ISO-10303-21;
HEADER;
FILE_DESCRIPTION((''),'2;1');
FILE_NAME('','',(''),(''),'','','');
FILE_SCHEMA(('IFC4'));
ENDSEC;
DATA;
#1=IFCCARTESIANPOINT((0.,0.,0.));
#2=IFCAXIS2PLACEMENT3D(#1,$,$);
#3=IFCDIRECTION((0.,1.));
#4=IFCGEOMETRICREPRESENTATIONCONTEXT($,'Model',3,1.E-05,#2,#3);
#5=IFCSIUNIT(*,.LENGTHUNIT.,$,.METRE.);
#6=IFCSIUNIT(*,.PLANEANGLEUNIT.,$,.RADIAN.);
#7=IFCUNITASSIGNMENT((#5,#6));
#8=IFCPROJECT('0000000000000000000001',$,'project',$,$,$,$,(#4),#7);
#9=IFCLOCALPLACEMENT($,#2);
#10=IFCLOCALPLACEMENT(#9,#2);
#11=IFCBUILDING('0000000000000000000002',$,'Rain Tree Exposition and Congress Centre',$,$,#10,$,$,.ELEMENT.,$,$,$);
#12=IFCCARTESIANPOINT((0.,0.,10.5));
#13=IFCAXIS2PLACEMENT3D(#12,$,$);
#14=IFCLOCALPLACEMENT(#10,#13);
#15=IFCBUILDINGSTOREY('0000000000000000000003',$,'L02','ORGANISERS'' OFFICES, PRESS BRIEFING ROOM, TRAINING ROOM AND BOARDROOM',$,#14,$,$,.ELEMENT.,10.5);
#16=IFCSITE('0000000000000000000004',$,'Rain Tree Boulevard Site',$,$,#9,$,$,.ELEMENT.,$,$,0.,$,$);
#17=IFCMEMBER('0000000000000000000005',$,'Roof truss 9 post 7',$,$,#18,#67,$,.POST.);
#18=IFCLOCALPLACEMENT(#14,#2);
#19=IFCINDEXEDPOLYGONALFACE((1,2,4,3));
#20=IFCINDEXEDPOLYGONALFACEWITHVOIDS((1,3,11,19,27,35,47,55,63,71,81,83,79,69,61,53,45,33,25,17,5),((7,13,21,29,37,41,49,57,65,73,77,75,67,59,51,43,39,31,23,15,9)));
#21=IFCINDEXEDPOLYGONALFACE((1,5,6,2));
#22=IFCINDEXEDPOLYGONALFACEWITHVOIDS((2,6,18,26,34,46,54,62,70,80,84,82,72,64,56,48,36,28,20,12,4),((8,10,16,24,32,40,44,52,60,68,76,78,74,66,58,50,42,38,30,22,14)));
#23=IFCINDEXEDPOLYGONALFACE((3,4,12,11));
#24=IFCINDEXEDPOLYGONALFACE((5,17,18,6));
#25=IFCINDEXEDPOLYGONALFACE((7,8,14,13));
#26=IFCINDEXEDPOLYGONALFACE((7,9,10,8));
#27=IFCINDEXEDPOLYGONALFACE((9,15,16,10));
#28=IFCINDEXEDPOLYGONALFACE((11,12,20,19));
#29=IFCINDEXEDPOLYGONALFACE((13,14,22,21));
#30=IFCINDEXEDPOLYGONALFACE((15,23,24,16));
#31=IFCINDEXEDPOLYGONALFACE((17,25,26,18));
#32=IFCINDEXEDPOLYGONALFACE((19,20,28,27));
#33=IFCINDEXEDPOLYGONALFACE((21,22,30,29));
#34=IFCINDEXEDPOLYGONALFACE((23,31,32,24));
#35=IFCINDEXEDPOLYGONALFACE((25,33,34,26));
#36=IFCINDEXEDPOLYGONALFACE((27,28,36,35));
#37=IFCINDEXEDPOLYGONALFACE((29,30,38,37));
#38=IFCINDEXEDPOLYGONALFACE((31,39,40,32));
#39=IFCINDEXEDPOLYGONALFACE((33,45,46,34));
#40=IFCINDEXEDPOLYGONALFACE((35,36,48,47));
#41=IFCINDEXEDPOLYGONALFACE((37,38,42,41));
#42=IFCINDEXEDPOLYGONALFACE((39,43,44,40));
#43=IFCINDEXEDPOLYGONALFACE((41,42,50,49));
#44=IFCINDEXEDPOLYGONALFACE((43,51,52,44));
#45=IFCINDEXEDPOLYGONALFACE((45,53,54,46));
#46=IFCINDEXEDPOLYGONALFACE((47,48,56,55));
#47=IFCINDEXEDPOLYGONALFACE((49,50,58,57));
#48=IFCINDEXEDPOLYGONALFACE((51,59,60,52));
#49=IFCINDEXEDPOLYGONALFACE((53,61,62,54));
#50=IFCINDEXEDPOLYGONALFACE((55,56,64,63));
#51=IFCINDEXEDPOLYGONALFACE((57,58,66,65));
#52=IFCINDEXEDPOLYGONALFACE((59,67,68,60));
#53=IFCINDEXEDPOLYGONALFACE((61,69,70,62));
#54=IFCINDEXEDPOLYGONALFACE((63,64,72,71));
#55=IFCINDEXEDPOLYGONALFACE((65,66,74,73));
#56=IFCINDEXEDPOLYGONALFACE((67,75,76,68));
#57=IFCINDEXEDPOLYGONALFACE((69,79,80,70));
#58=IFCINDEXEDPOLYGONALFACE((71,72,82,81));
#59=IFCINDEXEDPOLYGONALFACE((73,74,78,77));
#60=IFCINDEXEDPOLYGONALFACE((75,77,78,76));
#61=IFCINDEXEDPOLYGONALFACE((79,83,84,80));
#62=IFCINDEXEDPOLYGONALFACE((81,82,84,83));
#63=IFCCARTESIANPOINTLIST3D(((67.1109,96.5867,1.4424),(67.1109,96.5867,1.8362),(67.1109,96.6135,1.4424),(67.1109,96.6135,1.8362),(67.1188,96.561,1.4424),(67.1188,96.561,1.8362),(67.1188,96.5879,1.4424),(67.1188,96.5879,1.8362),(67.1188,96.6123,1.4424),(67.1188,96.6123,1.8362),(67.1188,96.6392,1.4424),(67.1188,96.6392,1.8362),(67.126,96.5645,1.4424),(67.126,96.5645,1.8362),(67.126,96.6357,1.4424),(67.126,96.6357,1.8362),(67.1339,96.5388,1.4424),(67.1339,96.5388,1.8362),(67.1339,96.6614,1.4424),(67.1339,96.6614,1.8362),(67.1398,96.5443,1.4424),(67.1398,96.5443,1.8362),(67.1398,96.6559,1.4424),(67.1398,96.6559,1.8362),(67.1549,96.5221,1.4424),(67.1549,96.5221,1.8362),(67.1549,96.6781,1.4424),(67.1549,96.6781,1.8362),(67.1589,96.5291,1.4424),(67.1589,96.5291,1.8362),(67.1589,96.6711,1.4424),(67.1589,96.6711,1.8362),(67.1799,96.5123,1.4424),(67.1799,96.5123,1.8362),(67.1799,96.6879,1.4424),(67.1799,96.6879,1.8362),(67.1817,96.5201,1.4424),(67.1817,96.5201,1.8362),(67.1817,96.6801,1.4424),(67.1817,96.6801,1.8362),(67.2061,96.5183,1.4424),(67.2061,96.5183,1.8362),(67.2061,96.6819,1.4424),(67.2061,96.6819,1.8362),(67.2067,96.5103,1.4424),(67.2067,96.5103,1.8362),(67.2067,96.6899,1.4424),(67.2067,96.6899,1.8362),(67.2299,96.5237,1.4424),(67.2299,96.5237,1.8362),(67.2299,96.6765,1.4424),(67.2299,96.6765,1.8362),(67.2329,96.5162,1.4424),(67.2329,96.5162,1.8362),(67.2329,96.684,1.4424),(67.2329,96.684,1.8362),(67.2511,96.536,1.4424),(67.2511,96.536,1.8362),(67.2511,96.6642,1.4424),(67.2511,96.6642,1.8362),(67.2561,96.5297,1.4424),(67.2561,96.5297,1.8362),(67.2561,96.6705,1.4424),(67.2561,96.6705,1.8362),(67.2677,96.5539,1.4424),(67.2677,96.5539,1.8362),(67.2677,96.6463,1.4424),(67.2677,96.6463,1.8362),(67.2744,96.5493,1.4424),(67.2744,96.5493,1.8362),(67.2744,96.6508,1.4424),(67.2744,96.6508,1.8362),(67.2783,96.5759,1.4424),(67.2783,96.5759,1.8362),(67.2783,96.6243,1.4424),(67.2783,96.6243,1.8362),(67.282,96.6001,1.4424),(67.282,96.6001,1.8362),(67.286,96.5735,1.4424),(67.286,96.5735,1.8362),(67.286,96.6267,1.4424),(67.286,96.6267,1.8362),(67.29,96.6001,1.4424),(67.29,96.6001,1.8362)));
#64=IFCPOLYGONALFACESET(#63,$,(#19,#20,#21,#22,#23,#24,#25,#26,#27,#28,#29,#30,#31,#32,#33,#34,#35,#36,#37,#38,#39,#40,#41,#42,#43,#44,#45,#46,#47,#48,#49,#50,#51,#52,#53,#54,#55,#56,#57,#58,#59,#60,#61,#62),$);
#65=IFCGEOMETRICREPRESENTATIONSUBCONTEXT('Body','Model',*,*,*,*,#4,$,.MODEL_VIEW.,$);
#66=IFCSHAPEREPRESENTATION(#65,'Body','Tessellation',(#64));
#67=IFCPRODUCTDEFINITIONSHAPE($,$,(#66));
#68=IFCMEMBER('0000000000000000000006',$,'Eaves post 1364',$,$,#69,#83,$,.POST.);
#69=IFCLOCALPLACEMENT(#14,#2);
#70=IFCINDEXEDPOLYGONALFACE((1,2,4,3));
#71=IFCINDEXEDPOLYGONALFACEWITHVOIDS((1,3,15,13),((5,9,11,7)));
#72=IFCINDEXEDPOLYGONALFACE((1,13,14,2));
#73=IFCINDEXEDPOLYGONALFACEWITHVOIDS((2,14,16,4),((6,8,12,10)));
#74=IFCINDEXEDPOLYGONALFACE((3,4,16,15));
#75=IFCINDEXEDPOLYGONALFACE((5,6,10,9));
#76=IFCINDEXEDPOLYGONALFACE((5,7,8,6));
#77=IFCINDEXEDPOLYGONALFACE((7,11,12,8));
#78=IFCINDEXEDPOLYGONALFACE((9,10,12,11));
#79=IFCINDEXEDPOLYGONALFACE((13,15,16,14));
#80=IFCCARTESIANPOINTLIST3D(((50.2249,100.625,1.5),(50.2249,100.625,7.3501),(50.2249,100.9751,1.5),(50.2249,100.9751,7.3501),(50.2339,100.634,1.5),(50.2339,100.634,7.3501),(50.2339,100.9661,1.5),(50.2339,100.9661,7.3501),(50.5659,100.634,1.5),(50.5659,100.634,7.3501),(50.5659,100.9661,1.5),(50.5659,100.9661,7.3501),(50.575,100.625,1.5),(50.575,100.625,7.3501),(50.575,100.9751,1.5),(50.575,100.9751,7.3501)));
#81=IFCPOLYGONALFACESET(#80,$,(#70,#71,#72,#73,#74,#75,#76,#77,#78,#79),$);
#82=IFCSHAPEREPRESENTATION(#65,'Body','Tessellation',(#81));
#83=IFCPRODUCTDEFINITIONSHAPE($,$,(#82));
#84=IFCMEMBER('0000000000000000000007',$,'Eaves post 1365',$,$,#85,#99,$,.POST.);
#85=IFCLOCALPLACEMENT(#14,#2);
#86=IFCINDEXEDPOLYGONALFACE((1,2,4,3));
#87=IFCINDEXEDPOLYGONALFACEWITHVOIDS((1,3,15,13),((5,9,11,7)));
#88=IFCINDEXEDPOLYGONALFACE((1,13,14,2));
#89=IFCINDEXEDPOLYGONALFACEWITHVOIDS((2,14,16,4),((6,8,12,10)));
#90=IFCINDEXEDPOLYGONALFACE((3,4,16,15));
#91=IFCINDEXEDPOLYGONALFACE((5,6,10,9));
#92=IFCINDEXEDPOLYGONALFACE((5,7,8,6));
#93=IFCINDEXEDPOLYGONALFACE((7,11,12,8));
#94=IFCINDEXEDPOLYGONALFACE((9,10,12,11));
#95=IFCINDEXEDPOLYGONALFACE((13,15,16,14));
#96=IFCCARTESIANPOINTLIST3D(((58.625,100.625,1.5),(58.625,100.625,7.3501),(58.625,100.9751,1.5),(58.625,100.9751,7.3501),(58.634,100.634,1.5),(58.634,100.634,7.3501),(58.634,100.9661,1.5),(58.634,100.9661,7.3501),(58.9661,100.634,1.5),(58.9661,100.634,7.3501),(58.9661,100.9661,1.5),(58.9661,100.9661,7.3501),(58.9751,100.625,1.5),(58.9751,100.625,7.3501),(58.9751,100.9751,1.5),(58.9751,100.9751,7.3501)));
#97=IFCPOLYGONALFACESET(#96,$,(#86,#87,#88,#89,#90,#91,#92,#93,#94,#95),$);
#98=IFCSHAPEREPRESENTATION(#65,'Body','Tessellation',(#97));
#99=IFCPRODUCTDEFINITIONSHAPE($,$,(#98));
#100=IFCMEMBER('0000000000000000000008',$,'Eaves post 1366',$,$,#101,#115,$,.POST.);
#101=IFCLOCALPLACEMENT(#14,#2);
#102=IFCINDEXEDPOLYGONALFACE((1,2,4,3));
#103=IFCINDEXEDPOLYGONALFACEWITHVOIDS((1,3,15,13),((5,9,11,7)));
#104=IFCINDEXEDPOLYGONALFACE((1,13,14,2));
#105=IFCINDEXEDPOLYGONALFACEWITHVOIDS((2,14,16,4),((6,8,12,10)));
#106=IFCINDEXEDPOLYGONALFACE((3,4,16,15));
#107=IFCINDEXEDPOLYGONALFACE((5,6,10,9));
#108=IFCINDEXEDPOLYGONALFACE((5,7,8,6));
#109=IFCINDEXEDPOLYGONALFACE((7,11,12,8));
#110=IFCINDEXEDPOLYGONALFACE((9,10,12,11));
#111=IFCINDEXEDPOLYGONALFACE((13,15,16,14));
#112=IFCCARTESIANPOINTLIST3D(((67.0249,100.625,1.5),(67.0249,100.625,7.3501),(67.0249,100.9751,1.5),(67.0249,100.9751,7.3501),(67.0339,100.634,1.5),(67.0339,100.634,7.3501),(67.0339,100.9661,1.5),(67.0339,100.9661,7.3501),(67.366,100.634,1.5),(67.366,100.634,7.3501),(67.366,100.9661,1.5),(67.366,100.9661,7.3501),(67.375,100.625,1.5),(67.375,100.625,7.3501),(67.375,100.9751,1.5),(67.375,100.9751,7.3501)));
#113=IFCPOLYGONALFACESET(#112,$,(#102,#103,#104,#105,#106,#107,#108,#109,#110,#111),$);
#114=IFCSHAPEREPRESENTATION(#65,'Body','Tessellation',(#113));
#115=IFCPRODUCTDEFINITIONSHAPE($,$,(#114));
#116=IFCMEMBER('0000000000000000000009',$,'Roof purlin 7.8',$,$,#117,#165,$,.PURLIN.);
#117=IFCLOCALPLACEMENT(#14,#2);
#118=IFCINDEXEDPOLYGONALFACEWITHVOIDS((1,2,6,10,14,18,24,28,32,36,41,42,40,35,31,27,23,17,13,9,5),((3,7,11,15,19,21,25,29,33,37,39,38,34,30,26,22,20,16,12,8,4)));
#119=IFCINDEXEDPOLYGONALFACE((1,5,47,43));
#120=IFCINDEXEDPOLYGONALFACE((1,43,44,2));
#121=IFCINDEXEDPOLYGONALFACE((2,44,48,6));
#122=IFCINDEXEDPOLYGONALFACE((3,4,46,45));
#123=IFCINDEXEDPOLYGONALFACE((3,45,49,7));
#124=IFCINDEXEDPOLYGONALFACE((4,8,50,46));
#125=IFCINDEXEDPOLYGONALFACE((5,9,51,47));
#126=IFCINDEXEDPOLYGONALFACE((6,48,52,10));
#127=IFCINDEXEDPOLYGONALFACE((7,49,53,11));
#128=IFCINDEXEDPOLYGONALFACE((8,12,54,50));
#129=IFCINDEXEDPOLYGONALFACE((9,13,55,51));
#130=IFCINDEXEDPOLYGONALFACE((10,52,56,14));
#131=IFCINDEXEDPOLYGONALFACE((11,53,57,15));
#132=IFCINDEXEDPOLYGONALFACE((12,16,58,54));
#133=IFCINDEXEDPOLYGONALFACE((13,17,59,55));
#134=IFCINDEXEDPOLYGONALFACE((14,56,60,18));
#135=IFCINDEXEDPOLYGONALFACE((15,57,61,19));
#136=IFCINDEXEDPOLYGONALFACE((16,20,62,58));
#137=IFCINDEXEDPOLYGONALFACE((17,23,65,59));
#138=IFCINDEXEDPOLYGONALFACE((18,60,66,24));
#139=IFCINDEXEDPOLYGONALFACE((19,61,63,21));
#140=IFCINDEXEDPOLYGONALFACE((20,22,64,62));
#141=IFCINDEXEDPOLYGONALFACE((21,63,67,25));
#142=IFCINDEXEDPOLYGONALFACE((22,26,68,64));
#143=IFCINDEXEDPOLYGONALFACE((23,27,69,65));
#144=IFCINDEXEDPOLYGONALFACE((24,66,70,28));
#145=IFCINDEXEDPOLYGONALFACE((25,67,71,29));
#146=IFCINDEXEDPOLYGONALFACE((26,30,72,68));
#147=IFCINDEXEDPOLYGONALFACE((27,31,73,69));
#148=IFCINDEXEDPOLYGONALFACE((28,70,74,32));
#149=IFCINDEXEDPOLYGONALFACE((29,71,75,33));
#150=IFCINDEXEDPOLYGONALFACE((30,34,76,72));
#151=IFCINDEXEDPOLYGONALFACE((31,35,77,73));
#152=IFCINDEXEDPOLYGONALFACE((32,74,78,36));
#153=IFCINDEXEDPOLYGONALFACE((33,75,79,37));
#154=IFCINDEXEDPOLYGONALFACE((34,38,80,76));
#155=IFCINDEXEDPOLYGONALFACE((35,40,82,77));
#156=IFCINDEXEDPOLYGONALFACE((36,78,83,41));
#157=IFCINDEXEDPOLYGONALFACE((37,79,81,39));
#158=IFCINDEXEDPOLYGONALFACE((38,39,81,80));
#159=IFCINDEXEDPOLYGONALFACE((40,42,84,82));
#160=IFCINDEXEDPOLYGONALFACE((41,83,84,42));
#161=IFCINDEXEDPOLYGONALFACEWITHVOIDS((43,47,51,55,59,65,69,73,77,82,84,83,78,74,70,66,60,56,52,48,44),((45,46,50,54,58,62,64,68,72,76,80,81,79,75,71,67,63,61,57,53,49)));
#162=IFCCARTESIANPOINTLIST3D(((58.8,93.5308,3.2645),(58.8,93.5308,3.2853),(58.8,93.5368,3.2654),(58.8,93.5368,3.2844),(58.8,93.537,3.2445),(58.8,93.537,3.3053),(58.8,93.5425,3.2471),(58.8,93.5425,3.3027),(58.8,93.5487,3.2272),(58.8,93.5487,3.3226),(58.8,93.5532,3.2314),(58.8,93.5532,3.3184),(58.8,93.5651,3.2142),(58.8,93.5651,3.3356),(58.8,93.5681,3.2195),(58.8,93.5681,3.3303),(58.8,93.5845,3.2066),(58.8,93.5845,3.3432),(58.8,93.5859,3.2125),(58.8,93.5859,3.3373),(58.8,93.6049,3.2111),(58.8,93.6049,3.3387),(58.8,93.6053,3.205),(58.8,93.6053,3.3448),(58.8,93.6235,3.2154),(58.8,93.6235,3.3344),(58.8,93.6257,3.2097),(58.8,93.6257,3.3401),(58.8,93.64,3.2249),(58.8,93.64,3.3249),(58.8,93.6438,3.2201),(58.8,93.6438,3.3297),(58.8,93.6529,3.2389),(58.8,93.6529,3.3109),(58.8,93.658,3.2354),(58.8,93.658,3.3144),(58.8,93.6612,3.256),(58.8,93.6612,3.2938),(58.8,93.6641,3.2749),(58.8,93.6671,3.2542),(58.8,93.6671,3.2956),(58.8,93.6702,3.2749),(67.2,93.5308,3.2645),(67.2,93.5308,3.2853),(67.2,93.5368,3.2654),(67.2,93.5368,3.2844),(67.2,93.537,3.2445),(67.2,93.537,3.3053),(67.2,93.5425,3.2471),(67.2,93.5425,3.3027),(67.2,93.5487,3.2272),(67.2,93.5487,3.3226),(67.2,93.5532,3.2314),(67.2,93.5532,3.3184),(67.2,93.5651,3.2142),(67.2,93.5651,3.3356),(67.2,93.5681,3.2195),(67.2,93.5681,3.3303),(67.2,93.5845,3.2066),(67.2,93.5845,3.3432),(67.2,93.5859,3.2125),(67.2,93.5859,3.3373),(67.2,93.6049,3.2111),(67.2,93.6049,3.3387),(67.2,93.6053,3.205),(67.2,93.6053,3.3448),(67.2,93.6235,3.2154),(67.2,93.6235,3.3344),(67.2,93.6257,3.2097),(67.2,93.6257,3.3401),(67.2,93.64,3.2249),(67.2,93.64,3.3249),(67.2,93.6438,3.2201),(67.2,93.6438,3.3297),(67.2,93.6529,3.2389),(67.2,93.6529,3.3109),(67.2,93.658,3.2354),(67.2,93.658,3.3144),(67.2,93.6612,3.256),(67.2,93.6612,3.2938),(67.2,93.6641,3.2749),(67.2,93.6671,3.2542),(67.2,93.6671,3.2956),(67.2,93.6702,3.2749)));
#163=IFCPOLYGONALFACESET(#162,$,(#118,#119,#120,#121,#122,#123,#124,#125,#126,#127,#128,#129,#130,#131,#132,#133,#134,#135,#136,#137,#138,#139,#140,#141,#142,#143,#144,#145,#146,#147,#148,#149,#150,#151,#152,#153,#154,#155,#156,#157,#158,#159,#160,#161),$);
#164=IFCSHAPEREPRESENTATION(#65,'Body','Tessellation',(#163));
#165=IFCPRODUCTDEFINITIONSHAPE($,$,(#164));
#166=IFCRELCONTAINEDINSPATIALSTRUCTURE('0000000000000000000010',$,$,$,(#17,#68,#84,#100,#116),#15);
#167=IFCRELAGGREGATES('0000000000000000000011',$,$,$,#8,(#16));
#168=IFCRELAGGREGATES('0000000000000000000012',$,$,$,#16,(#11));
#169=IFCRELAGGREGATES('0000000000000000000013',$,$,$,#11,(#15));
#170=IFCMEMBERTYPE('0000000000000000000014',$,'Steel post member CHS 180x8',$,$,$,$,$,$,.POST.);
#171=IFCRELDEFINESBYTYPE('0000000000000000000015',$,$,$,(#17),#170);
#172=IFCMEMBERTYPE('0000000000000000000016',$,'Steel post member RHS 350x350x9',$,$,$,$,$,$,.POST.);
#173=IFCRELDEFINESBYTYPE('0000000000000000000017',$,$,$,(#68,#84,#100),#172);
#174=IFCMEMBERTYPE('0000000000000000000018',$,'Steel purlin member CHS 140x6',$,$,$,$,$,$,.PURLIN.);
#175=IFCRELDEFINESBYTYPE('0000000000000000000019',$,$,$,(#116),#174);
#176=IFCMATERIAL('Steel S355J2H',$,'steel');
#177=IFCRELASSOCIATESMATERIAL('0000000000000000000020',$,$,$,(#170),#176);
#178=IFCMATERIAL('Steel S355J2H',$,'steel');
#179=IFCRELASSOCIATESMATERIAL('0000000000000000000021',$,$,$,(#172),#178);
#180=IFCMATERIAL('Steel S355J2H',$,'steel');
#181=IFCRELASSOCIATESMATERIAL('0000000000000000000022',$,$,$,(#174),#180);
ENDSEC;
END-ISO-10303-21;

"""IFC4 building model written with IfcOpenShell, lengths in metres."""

from ifc_helpers import new_model, si_unit, direction, frame, origin, origin_2d, place, context, subcontext, project, spatial, hollow_rectangle, hollow_circle, extrude, material, material_profile, profile_set, type_object, element, save


model = new_model("IFC4")

# Units and contexts
model_context = context("Model", 3, precision=1e-05, world=origin(), true_north=direction((0.0, 1.0)))
body_context = subcontext(model_context, "Body", "Model", "MODEL_VIEW")
ifc_project = project(units=[si_unit("LENGTHUNIT", "METRE"), si_unit("PLANEANGLEUNIT", "RADIAN")], contexts=[model_context])

# Site, building, storey
site_placement = place(None, origin())
site = spatial("IfcSite", under=ifc_project, at=site_placement, Name="Rain Tree Boulevard Site", CompositionType="ELEMENT", RefElevation=0.0)
building_placement = place(site_placement, origin())
building = spatial("IfcBuilding", under=site, at=building_placement, Name="Rain Tree Exposition and Congress Centre", CompositionType="ELEMENT")
storey_placement = place(building_placement, frame((0.0, 0.0, 10.5)))
storey = spatial("IfcBuildingStorey", under=building, at=storey_placement, Name="L02", Description="ORGANISERS' OFFICES, PRESS BRIEFING ROOM, TRAINING ROOM AND BOARDROOM", CompositionType="ELEMENT", Elevation=10.5)

# Members
ifc_material_1 = material(Name="Steel S355J2H", Category="steel")
ifc_material_profile_1 = material_profile(ifc_material_1, hollow_circle(Radius=0.0901, WallThickness=0.0081, at=origin_2d()), Name="CHS 180x8")
ifc_profile_set_1 = profile_set([ifc_material_profile_1], Name="Steel S355J2H")
member_type_1 = type_object("IfcMemberType", Name="Steel post member CHS 180x8", PredefinedType="POST", material=ifc_profile_set_1)
member_1_placement = place(storey_placement, frame((67.2, 96.6001, 1.4424), z_axis=(0.0, 0.0, 1.0), x_axis=(1.0, 0.0, 0.0)))
element("IfcMember", 1, at=member_1_placement, inside=storey, type_object=member_type_1, Name="Roof truss 9 post 7", PredefinedType="POST", context=body_context, shape_type="SweptSolid", body=[
    extrude(hollow_circle(Radius=0.0901, WallThickness=0.0081, at=origin_2d()), origin(), (0.0, 0.0, 1.0), 0.3938),
])
ifc_material_2 = material(Name="Steel S355J2H", Category="steel")
ifc_material_profile_2 = material_profile(ifc_material_2, hollow_rectangle(XDim=0.3501, YDim=0.3501, WallThickness=0.009, at=origin_2d()), Name="RHS 350x350x9")
ifc_profile_set_2 = profile_set([ifc_material_profile_2], Name="Steel S355J2H")
member_type_2 = type_object("IfcMemberType", Name="Steel post member RHS 350x350x9", PredefinedType="POST", material=ifc_profile_set_2)
for number, where, z_axis, x_axis, name in (
    (2, (50.3999, 100.8, 1.5), (0.0, 0.0, 1.0), (1.0, 0.0, 0.0), "Eaves post 1364"),
    (3, (58.8, 100.8, 1.5), (0.0, 0.0, 1.0), (1.0, 0.0, 0.0), "Eaves post 1365"),
    (4, (67.2, 100.8, 1.5), (0.0, 0.0, 1.0), (1.0, 0.0, 0.0), "Eaves post 1366"),
):
    element("IfcMember", number, at=place(storey_placement, frame(where, z_axis=z_axis, x_axis=x_axis)), inside=storey, type_object=member_type_2, Name=name, PredefinedType="POST", context=body_context, shape_type="SweptSolid", body=[
        extrude(hollow_rectangle(XDim=0.3501, YDim=0.3501, WallThickness=0.009, at=origin_2d()), origin(), (0.0, 0.0, 1.0), 5.8501),
    ])
ifc_material_3 = material(Name="Steel S355J2H", Category="steel")
ifc_material_profile_3 = material_profile(ifc_material_3, hollow_circle(Radius=0.0701, WallThickness=0.0061, at=origin_2d()), Name="CHS 140x6")
ifc_profile_set_3 = profile_set([ifc_material_profile_3], Name="Steel S355J2H")
member_type_3 = type_object("IfcMemberType", Name="Steel purlin member CHS 140x6", PredefinedType="PURLIN", material=ifc_profile_set_3)
for number, where, z_axis, x_axis, name in (
    (5, (58.8, 93.6001, 3.2749), (1.0, 0.0, 0.0), (0.0, 1.0, 0.0), "Roof purlin 7.8"),
):
    element("IfcMember", number, at=place(storey_placement, frame(where, z_axis=z_axis, x_axis=x_axis)), inside=storey, type_object=member_type_3, Name=name, PredefinedType="PURLIN", context=body_context, shape_type="SweptSolid", body=[
        extrude(hollow_circle(Radius=0.0701, WallThickness=0.0061, at=origin_2d()), origin(), (0.0, 0.0, 1.0), 8.3999),
    ])

save(model, "model.ifc")
